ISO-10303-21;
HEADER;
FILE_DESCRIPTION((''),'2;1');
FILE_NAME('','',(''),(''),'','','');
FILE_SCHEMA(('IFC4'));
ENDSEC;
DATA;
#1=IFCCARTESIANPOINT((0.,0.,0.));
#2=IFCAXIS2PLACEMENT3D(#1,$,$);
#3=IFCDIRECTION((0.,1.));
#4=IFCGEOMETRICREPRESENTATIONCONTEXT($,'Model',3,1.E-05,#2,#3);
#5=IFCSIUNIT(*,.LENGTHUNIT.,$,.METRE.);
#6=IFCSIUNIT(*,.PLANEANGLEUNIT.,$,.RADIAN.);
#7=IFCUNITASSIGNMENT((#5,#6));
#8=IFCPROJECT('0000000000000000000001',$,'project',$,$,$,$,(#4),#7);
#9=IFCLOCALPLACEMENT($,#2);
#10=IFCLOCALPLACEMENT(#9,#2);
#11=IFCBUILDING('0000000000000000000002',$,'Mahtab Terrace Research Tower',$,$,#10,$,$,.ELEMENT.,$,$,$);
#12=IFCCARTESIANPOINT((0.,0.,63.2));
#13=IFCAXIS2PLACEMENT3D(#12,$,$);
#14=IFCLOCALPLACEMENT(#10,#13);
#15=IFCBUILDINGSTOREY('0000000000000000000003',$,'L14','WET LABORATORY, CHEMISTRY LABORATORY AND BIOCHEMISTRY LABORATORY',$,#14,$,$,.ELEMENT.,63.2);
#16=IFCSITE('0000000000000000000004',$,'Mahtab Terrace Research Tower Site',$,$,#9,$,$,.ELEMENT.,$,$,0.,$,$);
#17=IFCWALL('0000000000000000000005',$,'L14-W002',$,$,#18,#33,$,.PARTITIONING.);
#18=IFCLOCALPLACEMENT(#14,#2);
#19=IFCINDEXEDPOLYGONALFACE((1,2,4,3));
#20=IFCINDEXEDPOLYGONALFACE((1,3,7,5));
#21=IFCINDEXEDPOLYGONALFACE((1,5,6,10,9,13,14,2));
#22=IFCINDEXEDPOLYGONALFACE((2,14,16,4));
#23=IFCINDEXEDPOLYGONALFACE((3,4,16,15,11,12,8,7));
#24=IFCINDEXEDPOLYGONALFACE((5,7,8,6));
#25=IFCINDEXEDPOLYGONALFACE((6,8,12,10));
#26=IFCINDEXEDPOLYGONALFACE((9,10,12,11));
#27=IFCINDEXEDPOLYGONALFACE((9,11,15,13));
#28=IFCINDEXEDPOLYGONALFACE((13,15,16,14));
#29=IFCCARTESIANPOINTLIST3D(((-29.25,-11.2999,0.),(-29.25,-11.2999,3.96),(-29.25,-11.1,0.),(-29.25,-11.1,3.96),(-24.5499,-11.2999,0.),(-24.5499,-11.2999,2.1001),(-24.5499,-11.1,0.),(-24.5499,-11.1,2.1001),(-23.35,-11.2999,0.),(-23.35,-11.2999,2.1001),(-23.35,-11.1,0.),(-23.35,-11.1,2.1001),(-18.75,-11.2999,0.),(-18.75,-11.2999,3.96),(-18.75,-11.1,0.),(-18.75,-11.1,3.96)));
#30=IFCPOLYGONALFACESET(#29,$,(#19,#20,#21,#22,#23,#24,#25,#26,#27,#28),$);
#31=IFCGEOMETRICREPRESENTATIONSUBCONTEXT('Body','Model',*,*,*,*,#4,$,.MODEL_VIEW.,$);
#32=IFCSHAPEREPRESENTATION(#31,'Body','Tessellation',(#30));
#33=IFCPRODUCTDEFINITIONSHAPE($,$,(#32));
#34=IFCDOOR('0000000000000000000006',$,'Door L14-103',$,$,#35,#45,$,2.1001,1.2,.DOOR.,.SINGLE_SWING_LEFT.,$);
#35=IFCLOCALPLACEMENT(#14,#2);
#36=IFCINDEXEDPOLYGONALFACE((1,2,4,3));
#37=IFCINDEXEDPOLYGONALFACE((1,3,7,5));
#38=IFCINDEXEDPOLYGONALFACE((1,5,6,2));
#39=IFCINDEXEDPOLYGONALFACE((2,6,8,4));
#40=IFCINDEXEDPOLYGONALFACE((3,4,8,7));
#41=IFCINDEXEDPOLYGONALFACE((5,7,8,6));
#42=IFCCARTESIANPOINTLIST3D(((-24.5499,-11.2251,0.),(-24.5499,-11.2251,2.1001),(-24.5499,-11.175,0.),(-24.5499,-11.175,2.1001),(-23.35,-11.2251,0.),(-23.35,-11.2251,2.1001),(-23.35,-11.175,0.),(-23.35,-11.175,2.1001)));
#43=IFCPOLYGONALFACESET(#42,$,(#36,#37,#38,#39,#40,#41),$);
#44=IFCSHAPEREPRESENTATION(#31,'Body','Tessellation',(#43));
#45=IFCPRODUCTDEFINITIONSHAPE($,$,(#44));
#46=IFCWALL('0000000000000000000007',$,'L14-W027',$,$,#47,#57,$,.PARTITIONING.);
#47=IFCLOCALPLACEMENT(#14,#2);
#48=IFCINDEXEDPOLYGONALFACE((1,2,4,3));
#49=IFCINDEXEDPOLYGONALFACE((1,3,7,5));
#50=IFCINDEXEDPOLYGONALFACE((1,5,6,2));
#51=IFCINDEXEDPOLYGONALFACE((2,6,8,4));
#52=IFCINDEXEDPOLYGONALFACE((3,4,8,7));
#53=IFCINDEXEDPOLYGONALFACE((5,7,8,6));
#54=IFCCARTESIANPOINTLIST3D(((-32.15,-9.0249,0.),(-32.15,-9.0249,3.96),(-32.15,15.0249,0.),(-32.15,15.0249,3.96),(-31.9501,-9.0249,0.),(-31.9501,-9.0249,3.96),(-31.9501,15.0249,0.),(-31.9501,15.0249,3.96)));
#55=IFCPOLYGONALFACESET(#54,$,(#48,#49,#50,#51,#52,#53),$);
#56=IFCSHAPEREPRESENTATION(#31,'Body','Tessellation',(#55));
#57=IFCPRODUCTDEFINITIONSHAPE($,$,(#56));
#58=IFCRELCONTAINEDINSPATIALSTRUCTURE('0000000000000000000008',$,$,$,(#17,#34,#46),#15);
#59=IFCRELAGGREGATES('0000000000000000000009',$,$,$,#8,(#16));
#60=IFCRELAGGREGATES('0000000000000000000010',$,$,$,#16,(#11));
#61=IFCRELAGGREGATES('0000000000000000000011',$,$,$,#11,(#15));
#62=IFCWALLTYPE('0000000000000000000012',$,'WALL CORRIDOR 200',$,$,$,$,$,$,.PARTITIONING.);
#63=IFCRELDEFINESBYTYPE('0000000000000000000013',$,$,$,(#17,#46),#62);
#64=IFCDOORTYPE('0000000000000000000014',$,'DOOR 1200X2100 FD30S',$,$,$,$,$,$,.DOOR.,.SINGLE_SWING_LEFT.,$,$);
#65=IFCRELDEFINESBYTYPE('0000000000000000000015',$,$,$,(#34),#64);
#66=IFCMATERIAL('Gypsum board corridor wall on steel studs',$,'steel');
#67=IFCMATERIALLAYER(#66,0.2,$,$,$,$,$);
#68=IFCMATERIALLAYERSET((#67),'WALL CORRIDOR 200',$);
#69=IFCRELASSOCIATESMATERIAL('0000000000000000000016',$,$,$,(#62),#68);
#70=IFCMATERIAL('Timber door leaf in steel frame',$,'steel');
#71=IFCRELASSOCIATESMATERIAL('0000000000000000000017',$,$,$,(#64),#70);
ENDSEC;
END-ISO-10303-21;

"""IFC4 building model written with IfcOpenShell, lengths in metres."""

from ifc_helpers import new_model, si_unit, direction, frame, frame_2d, origin, place, context, subcontext, project, spatial, rectangle, extrude, material, layer, layer_set, type_object, element, fill, save


model = new_model("IFC4")

# Units and contexts
model_context = context("Model", 3, precision=1e-05, world=origin(), true_north=direction((0.0, 1.0)))
body_context = subcontext(model_context, "Body", "Model", "MODEL_VIEW")
ifc_project = project(units=[si_unit("LENGTHUNIT", "METRE"), si_unit("PLANEANGLEUNIT", "RADIAN")], contexts=[model_context])

# Site, building, storey
site_placement = place(None, origin())
site = spatial("IfcSite", under=ifc_project, at=site_placement, Name="Mahtab Terrace Research Tower Site", CompositionType="ELEMENT", RefElevation=0.0)
building_placement = place(site_placement, origin())
building = spatial("IfcBuilding", under=site, at=building_placement, Name="Mahtab Terrace Research Tower", CompositionType="ELEMENT")
storey_placement = place(building_placement, frame((0.0, 0.0, 63.2)))
storey = spatial("IfcBuildingStorey", under=building, at=storey_placement, Name="L14", Description="WET LABORATORY, CHEMISTRY LABORATORY AND BIOCHEMISTRY LABORATORY", CompositionType="ELEMENT", Elevation=63.2)

# Wall, opening, door
ifc_material_1 = material(Name="Gypsum board corridor wall on steel studs", Category="steel")
ifc_layer_1 = layer(ifc_material_1, 0.2)
ifc_layer_set_1 = layer_set([ifc_layer_1], Name="WALL CORRIDOR 200")
wall_type_1 = type_object("IfcWallType", Name="WALL CORRIDOR 200", PredefinedType="PARTITIONING", material=ifc_layer_set_1)
wall_1_placement = place(storey_placement, frame((-29.25, -11.2, 0.0), z_axis=(0.0, 0.0, 1.0), x_axis=(1.0, 0.0, 0.0)))
wall_1 = element("IfcWall", 1, at=wall_1_placement, inside=storey, type_object=wall_type_1, Name="L14-W002", PredefinedType="PARTITIONING", context=body_context, shape_type="SweptSolid", body=[
    extrude(rectangle(XDim=10.5, YDim=0.2, at=frame_2d((5.25, 0.0))), origin(), (0.0, 0.0, 1.0), 3.96),
])
opening_1_placement = place(wall_1_placement, frame((4.7, 0.0, 0.0)))
opening_1 = element("IfcOpeningElement", 2, at=opening_1_placement, cuts=wall_1, PredefinedType="OPENING", context=body_context, shape_type="SweptSolid", body=[
    extrude(rectangle(XDim=1.2, YDim=2.1001, at=frame_2d((0.6001, 1.05))), frame((0.0, 0.1099, 0.0), z_axis=(0.0, -1.0, 0.0), x_axis=(1.0, 0.0, 0.0)), (0.0, 0.0, 1.0), 0.22),
])
ifc_material_2 = material(Name="Timber door leaf in steel frame", Category="steel")
door_type_1 = type_object("IfcDoorType", Name="DOOR 1200X2100 FD30S", OperationType="SINGLE_SWING_LEFT", PredefinedType="DOOR", material=ifc_material_2)
door_1_placement = place(opening_1_placement, origin())
door_1 = element("IfcDoor", 3, at=door_1_placement, inside=storey, type_object=door_type_1, Name="Door L14-103", OperationType="SINGLE_SWING_LEFT", OverallHeight=2.1001, OverallWidth=1.2, PredefinedType="DOOR", context=body_context, shape_type="SweptSolid", body=[
    extrude(rectangle(XDim=1.2, YDim=2.1001, at=frame_2d((0.6001, 1.05))), frame((0.0, 0.0249, 0.0), z_axis=(0.0, -1.0, 0.0), x_axis=(1.0, 0.0, 0.0)), (0.0, 0.0, 1.0), 0.05),
])
fill(opening_1, door_1)

# Wall
wall_2_placement = place(storey_placement, frame((-32.05, -9.0249, 0.0), z_axis=(0.0, 0.0, 1.0), x_axis=(0.0, 1.0, 0.0)))
element("IfcWall", 4, at=wall_2_placement, inside=storey, type_object=wall_type_1, Name="L14-W027", PredefinedType="PARTITIONING", context=body_context, shape_type="SweptSolid", body=[
    extrude(rectangle(XDim=24.0498, YDim=0.2, at=frame_2d((12.0249, 0.0))), origin(), (0.0, 0.0, 1.0), 3.96),
])

save(model, "model.ifc")
